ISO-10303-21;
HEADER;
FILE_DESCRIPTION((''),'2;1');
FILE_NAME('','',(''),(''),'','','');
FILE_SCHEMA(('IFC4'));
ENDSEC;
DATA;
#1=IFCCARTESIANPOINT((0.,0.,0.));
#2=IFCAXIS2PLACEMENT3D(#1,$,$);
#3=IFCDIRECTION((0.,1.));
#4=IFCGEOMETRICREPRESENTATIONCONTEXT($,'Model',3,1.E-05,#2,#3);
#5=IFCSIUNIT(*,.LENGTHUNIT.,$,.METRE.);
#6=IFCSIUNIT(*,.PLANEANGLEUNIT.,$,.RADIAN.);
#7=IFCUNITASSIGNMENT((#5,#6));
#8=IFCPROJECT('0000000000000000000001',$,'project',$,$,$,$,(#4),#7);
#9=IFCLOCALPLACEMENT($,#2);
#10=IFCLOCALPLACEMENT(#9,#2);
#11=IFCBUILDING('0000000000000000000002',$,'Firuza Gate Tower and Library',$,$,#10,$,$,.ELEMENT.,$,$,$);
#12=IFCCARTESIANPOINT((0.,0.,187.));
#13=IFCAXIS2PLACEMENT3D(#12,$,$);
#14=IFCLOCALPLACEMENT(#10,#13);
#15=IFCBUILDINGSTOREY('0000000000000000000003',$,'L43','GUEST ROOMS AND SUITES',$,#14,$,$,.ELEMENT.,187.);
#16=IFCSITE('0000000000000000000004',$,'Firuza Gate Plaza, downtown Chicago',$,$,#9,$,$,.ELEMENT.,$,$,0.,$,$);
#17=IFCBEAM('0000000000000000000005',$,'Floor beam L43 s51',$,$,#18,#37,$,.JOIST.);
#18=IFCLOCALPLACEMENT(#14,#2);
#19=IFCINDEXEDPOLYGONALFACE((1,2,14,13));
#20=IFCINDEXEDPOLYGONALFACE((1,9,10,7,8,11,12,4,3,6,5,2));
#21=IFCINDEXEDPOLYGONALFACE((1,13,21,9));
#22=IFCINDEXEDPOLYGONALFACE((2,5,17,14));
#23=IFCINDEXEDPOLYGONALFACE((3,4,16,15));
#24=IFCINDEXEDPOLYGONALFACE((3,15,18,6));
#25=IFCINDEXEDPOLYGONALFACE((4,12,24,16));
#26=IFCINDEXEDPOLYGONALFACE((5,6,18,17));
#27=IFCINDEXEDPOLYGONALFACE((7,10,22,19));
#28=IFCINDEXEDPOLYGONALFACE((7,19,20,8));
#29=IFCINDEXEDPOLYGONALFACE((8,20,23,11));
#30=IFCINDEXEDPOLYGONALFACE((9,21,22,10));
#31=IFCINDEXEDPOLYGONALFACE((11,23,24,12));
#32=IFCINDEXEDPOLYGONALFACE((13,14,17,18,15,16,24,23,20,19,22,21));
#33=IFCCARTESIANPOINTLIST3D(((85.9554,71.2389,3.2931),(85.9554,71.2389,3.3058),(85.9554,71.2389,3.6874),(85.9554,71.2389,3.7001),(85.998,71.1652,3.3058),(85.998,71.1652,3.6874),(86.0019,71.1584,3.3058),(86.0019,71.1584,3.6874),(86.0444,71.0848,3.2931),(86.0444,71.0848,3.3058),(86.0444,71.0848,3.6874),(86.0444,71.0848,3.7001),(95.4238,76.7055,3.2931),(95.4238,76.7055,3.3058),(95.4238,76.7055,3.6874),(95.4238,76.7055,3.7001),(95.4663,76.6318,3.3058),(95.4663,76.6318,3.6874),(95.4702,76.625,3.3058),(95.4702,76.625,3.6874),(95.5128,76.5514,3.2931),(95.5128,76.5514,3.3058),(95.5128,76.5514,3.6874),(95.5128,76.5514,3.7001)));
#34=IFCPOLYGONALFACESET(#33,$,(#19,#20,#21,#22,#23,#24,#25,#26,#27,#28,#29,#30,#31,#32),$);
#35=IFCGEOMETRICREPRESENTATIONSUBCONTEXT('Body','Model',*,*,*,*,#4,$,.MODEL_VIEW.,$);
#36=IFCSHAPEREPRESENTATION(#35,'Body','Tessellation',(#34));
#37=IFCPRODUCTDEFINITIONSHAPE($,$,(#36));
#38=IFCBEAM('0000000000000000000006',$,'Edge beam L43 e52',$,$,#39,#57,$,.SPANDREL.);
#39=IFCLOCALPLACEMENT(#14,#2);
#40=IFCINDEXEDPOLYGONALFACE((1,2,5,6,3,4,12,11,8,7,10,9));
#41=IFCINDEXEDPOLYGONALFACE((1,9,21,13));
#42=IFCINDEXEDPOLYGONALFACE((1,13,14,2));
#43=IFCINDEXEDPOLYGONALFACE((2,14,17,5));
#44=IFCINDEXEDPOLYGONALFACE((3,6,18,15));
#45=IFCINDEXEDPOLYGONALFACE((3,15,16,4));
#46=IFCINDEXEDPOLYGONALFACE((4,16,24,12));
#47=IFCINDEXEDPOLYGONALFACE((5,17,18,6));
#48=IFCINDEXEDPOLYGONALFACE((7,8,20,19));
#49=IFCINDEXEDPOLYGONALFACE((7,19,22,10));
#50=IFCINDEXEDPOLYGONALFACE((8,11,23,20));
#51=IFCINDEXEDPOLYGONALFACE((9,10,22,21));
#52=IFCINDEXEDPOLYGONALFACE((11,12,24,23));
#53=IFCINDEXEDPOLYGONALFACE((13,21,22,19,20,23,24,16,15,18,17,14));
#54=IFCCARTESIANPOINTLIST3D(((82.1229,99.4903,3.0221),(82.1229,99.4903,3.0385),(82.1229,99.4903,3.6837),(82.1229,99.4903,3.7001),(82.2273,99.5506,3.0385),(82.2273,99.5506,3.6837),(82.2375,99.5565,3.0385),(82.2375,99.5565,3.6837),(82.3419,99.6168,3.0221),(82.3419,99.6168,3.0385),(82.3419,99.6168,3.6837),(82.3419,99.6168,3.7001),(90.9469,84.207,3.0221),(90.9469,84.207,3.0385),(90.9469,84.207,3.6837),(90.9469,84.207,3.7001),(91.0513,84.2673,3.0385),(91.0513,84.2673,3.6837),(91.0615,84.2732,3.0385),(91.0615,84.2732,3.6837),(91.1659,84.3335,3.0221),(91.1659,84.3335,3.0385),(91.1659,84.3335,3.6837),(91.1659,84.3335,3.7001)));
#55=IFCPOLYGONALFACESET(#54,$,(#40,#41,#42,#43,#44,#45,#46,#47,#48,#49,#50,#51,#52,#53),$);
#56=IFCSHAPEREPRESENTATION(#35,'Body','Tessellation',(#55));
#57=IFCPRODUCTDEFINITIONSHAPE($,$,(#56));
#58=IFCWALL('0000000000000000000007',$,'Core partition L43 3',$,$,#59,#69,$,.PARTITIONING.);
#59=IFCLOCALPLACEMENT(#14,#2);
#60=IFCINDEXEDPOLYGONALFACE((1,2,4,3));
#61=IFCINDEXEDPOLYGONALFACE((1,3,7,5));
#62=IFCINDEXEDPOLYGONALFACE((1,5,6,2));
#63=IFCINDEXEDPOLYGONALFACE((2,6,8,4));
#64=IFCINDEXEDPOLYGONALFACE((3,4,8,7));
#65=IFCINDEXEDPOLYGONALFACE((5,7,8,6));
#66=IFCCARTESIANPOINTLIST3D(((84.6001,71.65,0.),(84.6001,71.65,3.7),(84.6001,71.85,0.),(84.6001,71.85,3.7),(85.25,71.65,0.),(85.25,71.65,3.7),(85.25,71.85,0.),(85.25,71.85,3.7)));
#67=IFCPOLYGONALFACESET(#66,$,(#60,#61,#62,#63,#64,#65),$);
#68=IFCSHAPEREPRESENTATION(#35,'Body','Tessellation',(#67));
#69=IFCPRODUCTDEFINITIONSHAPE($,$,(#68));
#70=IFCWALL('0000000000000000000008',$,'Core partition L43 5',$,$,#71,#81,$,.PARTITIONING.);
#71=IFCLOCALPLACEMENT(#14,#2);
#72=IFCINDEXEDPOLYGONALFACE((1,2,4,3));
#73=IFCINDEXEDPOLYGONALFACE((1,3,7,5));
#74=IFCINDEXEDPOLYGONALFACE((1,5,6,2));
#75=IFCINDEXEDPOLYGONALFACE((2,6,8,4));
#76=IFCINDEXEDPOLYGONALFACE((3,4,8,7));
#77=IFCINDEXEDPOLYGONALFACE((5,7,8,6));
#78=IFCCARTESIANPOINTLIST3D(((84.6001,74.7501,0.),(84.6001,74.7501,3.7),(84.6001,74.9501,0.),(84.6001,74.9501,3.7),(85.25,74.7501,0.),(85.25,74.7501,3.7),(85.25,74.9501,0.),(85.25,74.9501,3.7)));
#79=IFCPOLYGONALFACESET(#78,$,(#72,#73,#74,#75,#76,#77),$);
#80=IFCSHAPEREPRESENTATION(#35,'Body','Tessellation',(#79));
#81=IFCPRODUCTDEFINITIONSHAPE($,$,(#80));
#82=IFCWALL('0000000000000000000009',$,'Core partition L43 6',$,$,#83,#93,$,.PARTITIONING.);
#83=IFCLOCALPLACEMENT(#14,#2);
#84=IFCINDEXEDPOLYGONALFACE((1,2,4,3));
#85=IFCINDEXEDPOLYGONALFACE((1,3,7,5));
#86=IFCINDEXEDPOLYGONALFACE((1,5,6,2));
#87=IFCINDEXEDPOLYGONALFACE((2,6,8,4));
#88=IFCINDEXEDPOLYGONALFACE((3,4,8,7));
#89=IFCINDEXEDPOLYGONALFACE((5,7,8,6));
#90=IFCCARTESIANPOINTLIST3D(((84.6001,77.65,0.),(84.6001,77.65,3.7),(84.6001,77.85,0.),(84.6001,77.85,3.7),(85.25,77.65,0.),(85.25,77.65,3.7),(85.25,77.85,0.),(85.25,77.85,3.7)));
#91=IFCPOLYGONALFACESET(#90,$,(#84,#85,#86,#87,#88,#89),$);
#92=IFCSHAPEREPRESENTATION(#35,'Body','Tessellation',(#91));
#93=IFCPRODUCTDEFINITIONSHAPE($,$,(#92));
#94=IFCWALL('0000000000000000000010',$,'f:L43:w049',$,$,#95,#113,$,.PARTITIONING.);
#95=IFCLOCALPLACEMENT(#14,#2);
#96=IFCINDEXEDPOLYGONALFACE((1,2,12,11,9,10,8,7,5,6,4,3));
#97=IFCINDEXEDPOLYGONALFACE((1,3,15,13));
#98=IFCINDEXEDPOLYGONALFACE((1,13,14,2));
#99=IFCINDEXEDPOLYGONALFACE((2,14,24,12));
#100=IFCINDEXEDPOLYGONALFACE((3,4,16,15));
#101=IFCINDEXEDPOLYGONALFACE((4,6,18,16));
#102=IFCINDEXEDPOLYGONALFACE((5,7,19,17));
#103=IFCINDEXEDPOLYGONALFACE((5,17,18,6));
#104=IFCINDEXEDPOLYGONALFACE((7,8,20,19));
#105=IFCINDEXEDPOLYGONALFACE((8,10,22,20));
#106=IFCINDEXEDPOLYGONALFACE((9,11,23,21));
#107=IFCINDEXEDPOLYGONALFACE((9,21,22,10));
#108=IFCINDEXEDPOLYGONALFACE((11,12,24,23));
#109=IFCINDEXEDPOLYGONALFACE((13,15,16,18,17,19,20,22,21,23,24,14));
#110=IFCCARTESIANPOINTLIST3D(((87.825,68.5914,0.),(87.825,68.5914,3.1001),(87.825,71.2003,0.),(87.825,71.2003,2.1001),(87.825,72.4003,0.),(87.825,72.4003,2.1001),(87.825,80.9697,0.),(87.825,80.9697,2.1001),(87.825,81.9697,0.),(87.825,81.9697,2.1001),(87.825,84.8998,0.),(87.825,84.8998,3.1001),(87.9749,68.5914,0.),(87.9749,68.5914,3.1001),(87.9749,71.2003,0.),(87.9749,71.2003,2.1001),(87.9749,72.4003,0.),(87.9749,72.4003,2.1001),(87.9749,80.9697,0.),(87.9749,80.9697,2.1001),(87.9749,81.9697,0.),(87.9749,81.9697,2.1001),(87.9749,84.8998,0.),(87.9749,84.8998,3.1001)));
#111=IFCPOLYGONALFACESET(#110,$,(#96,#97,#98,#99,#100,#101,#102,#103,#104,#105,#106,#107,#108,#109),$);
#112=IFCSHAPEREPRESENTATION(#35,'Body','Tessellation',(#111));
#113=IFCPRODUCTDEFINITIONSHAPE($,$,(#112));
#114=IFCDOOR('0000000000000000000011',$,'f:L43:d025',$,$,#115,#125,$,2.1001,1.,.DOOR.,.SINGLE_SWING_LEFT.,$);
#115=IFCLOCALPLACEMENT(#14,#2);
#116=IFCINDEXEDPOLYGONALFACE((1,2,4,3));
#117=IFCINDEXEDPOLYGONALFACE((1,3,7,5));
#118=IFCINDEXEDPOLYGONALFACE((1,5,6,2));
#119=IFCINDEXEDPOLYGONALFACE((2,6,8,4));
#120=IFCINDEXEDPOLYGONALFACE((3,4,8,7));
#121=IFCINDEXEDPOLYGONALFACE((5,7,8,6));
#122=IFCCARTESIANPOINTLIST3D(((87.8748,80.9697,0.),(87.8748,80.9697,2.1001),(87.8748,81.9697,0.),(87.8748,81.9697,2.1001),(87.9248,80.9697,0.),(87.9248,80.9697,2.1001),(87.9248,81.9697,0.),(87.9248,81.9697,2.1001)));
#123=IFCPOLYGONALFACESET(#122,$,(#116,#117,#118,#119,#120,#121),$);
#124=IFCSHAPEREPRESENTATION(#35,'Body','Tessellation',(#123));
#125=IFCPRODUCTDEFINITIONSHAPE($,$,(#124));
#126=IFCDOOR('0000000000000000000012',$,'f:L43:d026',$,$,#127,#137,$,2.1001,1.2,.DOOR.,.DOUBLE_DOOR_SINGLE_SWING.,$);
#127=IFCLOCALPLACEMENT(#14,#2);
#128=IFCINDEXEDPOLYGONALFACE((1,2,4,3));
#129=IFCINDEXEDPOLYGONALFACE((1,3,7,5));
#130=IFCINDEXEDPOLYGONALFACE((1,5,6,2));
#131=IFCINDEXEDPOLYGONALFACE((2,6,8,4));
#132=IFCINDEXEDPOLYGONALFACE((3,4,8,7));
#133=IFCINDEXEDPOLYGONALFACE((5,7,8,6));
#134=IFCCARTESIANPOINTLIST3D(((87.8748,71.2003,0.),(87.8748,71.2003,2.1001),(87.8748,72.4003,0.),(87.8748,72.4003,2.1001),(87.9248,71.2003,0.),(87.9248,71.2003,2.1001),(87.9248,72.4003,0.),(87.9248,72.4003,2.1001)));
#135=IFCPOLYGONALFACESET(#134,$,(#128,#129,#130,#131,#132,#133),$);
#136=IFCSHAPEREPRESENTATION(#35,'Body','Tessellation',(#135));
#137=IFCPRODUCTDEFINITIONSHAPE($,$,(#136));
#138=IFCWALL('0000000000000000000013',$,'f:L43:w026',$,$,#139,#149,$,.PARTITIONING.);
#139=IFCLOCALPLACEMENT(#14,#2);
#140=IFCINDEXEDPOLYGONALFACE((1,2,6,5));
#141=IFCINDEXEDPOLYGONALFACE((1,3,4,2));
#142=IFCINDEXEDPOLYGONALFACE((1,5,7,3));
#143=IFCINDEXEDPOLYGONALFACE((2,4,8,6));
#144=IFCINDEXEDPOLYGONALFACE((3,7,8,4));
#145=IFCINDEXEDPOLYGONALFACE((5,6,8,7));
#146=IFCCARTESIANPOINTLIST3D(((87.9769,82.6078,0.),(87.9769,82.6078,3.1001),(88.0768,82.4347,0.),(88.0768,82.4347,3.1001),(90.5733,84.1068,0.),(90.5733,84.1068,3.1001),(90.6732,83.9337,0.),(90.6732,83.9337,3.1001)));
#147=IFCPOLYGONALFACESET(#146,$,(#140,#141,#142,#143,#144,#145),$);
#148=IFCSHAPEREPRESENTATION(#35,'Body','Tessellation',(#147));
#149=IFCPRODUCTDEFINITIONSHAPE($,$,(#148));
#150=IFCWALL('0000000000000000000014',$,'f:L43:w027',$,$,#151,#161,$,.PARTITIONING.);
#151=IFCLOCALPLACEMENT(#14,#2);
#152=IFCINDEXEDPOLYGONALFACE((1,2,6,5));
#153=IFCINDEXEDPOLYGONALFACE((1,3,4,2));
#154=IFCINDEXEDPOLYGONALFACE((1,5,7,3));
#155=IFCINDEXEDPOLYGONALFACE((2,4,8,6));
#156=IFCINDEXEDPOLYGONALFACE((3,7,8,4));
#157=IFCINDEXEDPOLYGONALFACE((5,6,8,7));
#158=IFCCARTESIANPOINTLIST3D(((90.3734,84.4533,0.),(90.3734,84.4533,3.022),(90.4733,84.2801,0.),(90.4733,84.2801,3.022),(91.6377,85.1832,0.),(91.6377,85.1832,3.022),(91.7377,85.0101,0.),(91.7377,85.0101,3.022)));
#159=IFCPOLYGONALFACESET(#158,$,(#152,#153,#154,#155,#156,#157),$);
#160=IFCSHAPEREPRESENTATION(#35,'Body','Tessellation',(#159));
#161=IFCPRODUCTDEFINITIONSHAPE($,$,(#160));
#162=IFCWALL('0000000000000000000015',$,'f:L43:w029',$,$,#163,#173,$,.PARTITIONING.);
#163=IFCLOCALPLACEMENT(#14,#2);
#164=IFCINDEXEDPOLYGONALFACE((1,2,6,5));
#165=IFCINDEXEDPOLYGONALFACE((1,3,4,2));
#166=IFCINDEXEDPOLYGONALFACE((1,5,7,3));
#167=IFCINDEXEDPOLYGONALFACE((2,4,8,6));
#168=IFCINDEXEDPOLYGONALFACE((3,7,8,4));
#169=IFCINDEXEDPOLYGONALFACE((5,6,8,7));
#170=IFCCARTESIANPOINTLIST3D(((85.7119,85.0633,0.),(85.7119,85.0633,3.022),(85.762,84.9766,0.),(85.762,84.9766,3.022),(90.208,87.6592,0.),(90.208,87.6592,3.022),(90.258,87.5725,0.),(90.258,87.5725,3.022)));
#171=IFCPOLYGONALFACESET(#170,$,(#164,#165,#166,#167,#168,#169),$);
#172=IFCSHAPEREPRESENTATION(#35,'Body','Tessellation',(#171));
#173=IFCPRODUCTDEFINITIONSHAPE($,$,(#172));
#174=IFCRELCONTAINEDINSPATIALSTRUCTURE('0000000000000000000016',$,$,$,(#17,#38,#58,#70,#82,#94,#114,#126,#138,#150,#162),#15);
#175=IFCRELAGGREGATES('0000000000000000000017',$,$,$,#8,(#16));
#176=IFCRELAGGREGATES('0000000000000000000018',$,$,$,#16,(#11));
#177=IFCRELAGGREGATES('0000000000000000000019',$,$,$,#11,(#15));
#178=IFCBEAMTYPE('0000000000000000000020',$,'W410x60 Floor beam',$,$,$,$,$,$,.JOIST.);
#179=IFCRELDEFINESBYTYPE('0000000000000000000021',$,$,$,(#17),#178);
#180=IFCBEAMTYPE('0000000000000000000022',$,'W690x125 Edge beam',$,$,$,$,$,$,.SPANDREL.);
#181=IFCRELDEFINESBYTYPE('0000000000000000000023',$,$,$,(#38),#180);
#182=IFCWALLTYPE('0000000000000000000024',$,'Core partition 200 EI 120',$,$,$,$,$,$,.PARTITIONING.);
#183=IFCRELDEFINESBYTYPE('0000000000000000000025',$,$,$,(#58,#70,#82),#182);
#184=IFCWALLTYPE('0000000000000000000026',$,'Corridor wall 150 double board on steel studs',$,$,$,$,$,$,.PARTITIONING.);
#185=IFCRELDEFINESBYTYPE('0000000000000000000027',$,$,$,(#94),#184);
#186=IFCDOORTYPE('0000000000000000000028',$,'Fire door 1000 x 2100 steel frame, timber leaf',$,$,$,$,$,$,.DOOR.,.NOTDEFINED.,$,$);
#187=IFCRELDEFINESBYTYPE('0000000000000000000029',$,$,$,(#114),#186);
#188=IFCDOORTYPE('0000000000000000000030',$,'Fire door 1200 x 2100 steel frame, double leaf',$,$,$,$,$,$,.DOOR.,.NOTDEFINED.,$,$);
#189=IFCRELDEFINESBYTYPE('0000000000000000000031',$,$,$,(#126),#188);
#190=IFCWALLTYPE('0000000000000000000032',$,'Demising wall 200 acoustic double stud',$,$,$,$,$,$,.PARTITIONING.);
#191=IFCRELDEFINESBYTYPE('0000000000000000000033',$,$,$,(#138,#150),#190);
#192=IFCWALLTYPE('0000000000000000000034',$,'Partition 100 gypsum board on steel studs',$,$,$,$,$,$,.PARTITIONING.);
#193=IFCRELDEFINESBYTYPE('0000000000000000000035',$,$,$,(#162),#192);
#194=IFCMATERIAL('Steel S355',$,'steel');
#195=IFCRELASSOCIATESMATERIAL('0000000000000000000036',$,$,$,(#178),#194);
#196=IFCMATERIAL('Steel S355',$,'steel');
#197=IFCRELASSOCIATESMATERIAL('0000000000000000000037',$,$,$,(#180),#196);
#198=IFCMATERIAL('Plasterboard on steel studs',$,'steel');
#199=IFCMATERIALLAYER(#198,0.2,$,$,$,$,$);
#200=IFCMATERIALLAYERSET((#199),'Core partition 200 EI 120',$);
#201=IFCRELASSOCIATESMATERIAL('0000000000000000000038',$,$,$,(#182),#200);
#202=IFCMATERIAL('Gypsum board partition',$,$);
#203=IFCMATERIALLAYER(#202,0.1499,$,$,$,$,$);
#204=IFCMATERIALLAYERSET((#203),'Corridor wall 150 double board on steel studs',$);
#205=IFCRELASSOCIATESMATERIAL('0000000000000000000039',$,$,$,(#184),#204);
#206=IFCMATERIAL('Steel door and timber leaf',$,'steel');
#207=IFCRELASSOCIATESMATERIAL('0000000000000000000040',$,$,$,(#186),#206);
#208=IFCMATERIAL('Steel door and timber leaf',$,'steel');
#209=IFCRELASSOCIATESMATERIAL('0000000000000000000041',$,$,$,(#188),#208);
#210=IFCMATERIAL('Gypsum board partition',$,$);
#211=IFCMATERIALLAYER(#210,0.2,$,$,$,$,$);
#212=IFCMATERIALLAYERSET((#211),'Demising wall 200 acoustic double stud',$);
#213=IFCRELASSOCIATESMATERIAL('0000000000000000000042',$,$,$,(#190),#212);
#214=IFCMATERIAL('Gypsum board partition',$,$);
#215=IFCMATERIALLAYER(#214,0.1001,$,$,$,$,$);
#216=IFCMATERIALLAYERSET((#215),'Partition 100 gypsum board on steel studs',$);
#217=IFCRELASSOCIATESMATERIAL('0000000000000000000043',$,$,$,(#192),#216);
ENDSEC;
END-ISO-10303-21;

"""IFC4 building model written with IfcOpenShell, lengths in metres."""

from ifc_helpers import new_model, si_unit, direction, frame, frame_2d, origin, origin_2d, place, context, subcontext, project, spatial, rectangle, i_section, extrude, material, layer, layer_set, material_profile, profile_set, type_object, element, fill, save


model = new_model("IFC4")

# Units and contexts
model_context = context("Model", 3, precision=1e-05, world=origin(), true_north=direction((0.0, 1.0)))
body_context = subcontext(model_context, "Body", "Model", "MODEL_VIEW")
ifc_project = project(units=[si_unit("LENGTHUNIT", "METRE"), si_unit("PLANEANGLEUNIT", "RADIAN")], contexts=[model_context])

# Site, building, storey
site_placement = place(None, origin())
site = spatial("IfcSite", under=ifc_project, at=site_placement, Name="Firuza Gate Plaza, downtown Chicago", CompositionType="ELEMENT", RefElevation=0.0)
building_placement = place(site_placement, origin())
building = spatial("IfcBuilding", under=site, at=building_placement, Name="Firuza Gate Tower and Library", CompositionType="ELEMENT")
storey_placement = place(building_placement, frame((0.0, 0.0, 187.0)))
storey = spatial("IfcBuildingStorey", under=building, at=storey_placement, Name="L43", Description="GUEST ROOMS AND SUITES", CompositionType="ELEMENT", Elevation=187.0)

# Beams
ifc_material_1 = material(Name="Steel S355", Category="steel")
ifc_material_profile_1 = material_profile(ifc_material_1, i_section(OverallWidth=0.178, OverallDepth=0.407, WebThickness=0.0078, FlangeThickness=0.0127, at=origin_2d()))
ifc_profile_set_1 = profile_set([ifc_material_profile_1], Name="Steel S355")
beam_type_1 = type_object("IfcBeamType", Name="W410x60 Floor beam", PredefinedType="JOIST", material=ifc_profile_set_1)
beam_1_placement = place(storey_placement, frame((95.4683, 76.6284, 3.4966), z_axis=(-0.866023, -0.500003, 0.0), x_axis=(0.500003, -0.866023, 0.0)))
element("IfcBeam", 1, at=beam_1_placement, inside=storey, type_object=beam_type_1, Name="Floor beam L43 s51", PredefinedType="JOIST", context=body_context, shape_type="SweptSolid", body=[
    extrude(i_section(OverallWidth=0.178, OverallDepth=0.407, WebThickness=0.0078, FlangeThickness=0.0127, at=origin_2d()), origin(), (0.0, 0.0, 1.0), 10.9331),
])
ifc_material_2 = material(Name="Steel S355", Category="steel")
ifc_material_profile_2 = material_profile(ifc_material_2, i_section(OverallWidth=0.2529, OverallDepth=0.678, WebThickness=0.0117, FlangeThickness=0.0164, at=origin_2d()))
ifc_profile_set_2 = profile_set([ifc_material_profile_2], Name="Steel S355")
beam_type_2 = type_object("IfcBeamType", Name="W690x125 Edge beam", PredefinedType="SPANDREL", material=ifc_profile_set_2)
beam_2_placement = place(storey_placement, frame((91.0564, 84.2703, 3.3611), z_axis=(-0.500009, 0.86602, 0.0), x_axis=(-0.86602, -0.500009, 0.0)))
element("IfcBeam", 2, at=beam_2_placement, inside=storey, type_object=beam_type_2, Name="Edge beam L43 e52", PredefinedType="SPANDREL", context=body_context, shape_type="SweptSolid", body=[
    extrude(i_section(OverallWidth=0.2529, OverallDepth=0.678, WebThickness=0.0117, FlangeThickness=0.0164, at=origin_2d()), origin(), (0.0, 0.0, 1.0), 17.6477),
])

# Walls
ifc_material_3 = material(Name="Plasterboard on steel studs", Category="steel")
ifc_layer_1 = layer(ifc_material_3, 0.2)
ifc_layer_set_1 = layer_set([ifc_layer_1], Name="Core partition 200 EI 120")
wall_type_1 = type_object("IfcWallType", Name="Core partition 200 EI 120", PredefinedType="PARTITIONING", material=ifc_layer_set_1)
for number, where, z_axis, x_axis, name in (
    (3, (84.6001, 71.75, 0.0), (0.0, 0.0, 1.0), (1.0, 0.0, 0.0), "Core partition L43 3"),
    (4, (84.6001, 74.8501, 0.0), (0.0, 0.0, 1.0), (1.0, 0.0, 0.0), "Core partition L43 5"),
    (5, (84.6001, 77.75, 0.0), (0.0, 0.0, 1.0), (1.0, 0.0, 0.0), "Core partition L43 6"),
):
    element("IfcWall", number, at=place(storey_placement, frame(where, z_axis=z_axis, x_axis=x_axis)), inside=storey, type_object=wall_type_1, Name=name, PredefinedType="PARTITIONING", context=body_context, shape_type="SweptSolid", body=[
        extrude(rectangle(XDim=0.6499, YDim=0.2, at=frame_2d((0.325, 0.0))), origin(), (0.0, 0.0, 1.0), 3.7),
    ])

# Wall, openings, doors
ifc_material_4 = material(Name="Gypsum board partition")
ifc_layer_2 = layer(ifc_material_4, 0.1499)
ifc_layer_set_2 = layer_set([ifc_layer_2], Name="Corridor wall 150 double board on steel studs")
wall_type_2 = type_object("IfcWallType", Name="Corridor wall 150 double board on steel studs", PredefinedType="PARTITIONING", material=ifc_layer_set_2)
wall_1_placement = place(storey_placement, frame((87.8999, 84.8999, 0.0), z_axis=(0.0, 0.0, 1.0), x_axis=(0.0, -1.0, 0.0)))
wall_1 = element("IfcWall", 6, at=wall_1_placement, inside=storey, type_object=wall_type_2, Name="f:L43:w049", PredefinedType="PARTITIONING", context=body_context, shape_type="SweptSolid", body=[
    extrude(rectangle(XDim=16.3083, YDim=0.1499, at=frame_2d((8.1543, 0.0))), origin(), (0.0, 0.0, 1.0), 3.1001),
])
opening_1_placement = place(wall_1_placement, frame((2.9302, 0.0, 0.0)))
opening_1 = element("IfcOpeningElement", 7, at=opening_1_placement, cuts=wall_1, PredefinedType="OPENING", context=body_context, shape_type="SweptSolid", body=[
    extrude(rectangle(XDim=1.0, YDim=2.1001, at=frame_2d((0.5, 1.05))), frame((0.0, 0.085, 0.0), z_axis=(0.0, -1.0, 0.0), x_axis=(1.0, 0.0, 0.0)), (0.0, 0.0, 1.0), 0.1699),
])
opening_2_placement = place(wall_1_placement, frame((12.4995, 0.0, 0.0)))
opening_2 = element("IfcOpeningElement", 8, at=opening_2_placement, cuts=wall_1, PredefinedType="OPENING", context=body_context, shape_type="SweptSolid", body=[
    extrude(rectangle(XDim=1.2, YDim=2.1001, at=frame_2d((0.6001, 1.05))), frame((0.0, 0.085, 0.0), z_axis=(0.0, -1.0, 0.0), x_axis=(1.0, 0.0, 0.0)), (0.0, 0.0, 1.0), 0.1699),
])
ifc_material_5 = material(Name="Steel door and timber leaf", Category="steel")
door_type_1 = type_object("IfcDoorType", Name="Fire door 1000 x 2100 steel frame, timber leaf", OperationType="NOTDEFINED", PredefinedType="DOOR", material=ifc_material_5)
door_1_placement = place(opening_1_placement, origin())
door_1 = element("IfcDoor", 9, at=door_1_placement, inside=storey, type_object=door_type_1, Name="f:L43:d025", OperationType="SINGLE_SWING_LEFT", OverallHeight=2.1001, OverallWidth=1.0, PredefinedType="DOOR", context=body_context, shape_type="SweptSolid", body=[
    extrude(rectangle(XDim=1.0, YDim=2.1001, at=frame_2d((0.5, 1.05))), frame((0.0, 0.0249, 0.0), z_axis=(0.0, -1.0, 0.0), x_axis=(1.0, 0.0, 0.0)), (0.0, 0.0, 1.0), 0.05),
])
fill(opening_1, door_1)
ifc_material_6 = material(Name="Steel door and timber leaf", Category="steel")
door_type_2 = type_object("IfcDoorType", Name="Fire door 1200 x 2100 steel frame, double leaf", OperationType="NOTDEFINED", PredefinedType="DOOR", material=ifc_material_6)
door_2_placement = place(opening_2_placement, origin())
door_2 = element("IfcDoor", 10, at=door_2_placement, inside=storey, type_object=door_type_2, Name="f:L43:d026", OperationType="DOUBLE_DOOR_SINGLE_SWING", OverallHeight=2.1001, OverallWidth=1.2, PredefinedType="DOOR", context=body_context, shape_type="SweptSolid", body=[
    extrude(rectangle(XDim=1.2, YDim=2.1001, at=frame_2d((0.6001, 1.05))), frame((0.0, 0.0249, 0.0), z_axis=(0.0, -1.0, 0.0), x_axis=(1.0, 0.0, 0.0)), (0.0, 0.0, 1.0), 0.05),
])
fill(opening_2, door_2)

# Walls
ifc_material_7 = material(Name="Gypsum board partition")
ifc_layer_3 = layer(ifc_material_7, 0.2)
ifc_layer_set_3 = layer_set([ifc_layer_3], Name="Demising wall 200 acoustic double stud")
wall_type_3 = type_object("IfcWallType", Name="Demising wall 200 acoustic double stud", PredefinedType="PARTITIONING", material=ifc_layer_set_3)
wall_2_placement = place(storey_placement, frame((88.0269, 82.5212, 0.0), z_axis=(0.0, 0.0, 1.0), x_axis=(0.86603, 0.499993, 0.0)))
element("IfcWall", 11, at=wall_2_placement, inside=storey, type_object=wall_type_3, Name="f:L43:w026", PredefinedType="PARTITIONING", context=body_context, shape_type="SweptSolid", body=[
    extrude(rectangle(XDim=2.998, YDim=0.2, at=frame_2d((1.499, 0.0))), origin(), (0.0, 0.0, 1.0), 3.1001),
])
wall_3_placement = place(storey_placement, frame((90.4233, 84.3667, 0.0), z_axis=(0.0, 0.0, 1.0), x_axis=(0.866032, 0.499988, 0.0)))
element("IfcWall", 12, at=wall_3_placement, inside=storey, type_object=wall_type_3, Name="f:L43:w027", PredefinedType="PARTITIONING", context=body_context, shape_type="SweptSolid", body=[
    extrude(rectangle(XDim=1.46, YDim=0.2, at=frame_2d((0.73, 0.0))), origin(), (0.0, 0.0, 1.0), 3.022),
])
ifc_material_8 = material(Name="Gypsum board partition")
ifc_layer_4 = layer(ifc_material_8, 0.1001)
ifc_layer_set_4 = layer_set([ifc_layer_4], Name="Partition 100 gypsum board on steel studs")
wall_type_4 = type_object("IfcWallType", Name="Partition 100 gypsum board on steel studs", PredefinedType="PARTITIONING", material=ifc_layer_set_4)
wall_4_placement = place(storey_placement, frame((85.7371, 85.02, 0.0), z_axis=(0.0, 0.0, 1.0), x_axis=(0.866015, 0.500018, 0.0)))
element("IfcWall", 13, at=wall_4_placement, inside=storey, type_object=wall_type_4, Name="f:L43:w029", PredefinedType="PARTITIONING", context=body_context, shape_type="SweptSolid", body=[
    extrude(rectangle(XDim=5.1917, YDim=0.1001, at=frame_2d((2.5957, 0.0))), origin(), (0.0, 0.0, 1.0), 3.022),
])

save(model, "model.ifc")
